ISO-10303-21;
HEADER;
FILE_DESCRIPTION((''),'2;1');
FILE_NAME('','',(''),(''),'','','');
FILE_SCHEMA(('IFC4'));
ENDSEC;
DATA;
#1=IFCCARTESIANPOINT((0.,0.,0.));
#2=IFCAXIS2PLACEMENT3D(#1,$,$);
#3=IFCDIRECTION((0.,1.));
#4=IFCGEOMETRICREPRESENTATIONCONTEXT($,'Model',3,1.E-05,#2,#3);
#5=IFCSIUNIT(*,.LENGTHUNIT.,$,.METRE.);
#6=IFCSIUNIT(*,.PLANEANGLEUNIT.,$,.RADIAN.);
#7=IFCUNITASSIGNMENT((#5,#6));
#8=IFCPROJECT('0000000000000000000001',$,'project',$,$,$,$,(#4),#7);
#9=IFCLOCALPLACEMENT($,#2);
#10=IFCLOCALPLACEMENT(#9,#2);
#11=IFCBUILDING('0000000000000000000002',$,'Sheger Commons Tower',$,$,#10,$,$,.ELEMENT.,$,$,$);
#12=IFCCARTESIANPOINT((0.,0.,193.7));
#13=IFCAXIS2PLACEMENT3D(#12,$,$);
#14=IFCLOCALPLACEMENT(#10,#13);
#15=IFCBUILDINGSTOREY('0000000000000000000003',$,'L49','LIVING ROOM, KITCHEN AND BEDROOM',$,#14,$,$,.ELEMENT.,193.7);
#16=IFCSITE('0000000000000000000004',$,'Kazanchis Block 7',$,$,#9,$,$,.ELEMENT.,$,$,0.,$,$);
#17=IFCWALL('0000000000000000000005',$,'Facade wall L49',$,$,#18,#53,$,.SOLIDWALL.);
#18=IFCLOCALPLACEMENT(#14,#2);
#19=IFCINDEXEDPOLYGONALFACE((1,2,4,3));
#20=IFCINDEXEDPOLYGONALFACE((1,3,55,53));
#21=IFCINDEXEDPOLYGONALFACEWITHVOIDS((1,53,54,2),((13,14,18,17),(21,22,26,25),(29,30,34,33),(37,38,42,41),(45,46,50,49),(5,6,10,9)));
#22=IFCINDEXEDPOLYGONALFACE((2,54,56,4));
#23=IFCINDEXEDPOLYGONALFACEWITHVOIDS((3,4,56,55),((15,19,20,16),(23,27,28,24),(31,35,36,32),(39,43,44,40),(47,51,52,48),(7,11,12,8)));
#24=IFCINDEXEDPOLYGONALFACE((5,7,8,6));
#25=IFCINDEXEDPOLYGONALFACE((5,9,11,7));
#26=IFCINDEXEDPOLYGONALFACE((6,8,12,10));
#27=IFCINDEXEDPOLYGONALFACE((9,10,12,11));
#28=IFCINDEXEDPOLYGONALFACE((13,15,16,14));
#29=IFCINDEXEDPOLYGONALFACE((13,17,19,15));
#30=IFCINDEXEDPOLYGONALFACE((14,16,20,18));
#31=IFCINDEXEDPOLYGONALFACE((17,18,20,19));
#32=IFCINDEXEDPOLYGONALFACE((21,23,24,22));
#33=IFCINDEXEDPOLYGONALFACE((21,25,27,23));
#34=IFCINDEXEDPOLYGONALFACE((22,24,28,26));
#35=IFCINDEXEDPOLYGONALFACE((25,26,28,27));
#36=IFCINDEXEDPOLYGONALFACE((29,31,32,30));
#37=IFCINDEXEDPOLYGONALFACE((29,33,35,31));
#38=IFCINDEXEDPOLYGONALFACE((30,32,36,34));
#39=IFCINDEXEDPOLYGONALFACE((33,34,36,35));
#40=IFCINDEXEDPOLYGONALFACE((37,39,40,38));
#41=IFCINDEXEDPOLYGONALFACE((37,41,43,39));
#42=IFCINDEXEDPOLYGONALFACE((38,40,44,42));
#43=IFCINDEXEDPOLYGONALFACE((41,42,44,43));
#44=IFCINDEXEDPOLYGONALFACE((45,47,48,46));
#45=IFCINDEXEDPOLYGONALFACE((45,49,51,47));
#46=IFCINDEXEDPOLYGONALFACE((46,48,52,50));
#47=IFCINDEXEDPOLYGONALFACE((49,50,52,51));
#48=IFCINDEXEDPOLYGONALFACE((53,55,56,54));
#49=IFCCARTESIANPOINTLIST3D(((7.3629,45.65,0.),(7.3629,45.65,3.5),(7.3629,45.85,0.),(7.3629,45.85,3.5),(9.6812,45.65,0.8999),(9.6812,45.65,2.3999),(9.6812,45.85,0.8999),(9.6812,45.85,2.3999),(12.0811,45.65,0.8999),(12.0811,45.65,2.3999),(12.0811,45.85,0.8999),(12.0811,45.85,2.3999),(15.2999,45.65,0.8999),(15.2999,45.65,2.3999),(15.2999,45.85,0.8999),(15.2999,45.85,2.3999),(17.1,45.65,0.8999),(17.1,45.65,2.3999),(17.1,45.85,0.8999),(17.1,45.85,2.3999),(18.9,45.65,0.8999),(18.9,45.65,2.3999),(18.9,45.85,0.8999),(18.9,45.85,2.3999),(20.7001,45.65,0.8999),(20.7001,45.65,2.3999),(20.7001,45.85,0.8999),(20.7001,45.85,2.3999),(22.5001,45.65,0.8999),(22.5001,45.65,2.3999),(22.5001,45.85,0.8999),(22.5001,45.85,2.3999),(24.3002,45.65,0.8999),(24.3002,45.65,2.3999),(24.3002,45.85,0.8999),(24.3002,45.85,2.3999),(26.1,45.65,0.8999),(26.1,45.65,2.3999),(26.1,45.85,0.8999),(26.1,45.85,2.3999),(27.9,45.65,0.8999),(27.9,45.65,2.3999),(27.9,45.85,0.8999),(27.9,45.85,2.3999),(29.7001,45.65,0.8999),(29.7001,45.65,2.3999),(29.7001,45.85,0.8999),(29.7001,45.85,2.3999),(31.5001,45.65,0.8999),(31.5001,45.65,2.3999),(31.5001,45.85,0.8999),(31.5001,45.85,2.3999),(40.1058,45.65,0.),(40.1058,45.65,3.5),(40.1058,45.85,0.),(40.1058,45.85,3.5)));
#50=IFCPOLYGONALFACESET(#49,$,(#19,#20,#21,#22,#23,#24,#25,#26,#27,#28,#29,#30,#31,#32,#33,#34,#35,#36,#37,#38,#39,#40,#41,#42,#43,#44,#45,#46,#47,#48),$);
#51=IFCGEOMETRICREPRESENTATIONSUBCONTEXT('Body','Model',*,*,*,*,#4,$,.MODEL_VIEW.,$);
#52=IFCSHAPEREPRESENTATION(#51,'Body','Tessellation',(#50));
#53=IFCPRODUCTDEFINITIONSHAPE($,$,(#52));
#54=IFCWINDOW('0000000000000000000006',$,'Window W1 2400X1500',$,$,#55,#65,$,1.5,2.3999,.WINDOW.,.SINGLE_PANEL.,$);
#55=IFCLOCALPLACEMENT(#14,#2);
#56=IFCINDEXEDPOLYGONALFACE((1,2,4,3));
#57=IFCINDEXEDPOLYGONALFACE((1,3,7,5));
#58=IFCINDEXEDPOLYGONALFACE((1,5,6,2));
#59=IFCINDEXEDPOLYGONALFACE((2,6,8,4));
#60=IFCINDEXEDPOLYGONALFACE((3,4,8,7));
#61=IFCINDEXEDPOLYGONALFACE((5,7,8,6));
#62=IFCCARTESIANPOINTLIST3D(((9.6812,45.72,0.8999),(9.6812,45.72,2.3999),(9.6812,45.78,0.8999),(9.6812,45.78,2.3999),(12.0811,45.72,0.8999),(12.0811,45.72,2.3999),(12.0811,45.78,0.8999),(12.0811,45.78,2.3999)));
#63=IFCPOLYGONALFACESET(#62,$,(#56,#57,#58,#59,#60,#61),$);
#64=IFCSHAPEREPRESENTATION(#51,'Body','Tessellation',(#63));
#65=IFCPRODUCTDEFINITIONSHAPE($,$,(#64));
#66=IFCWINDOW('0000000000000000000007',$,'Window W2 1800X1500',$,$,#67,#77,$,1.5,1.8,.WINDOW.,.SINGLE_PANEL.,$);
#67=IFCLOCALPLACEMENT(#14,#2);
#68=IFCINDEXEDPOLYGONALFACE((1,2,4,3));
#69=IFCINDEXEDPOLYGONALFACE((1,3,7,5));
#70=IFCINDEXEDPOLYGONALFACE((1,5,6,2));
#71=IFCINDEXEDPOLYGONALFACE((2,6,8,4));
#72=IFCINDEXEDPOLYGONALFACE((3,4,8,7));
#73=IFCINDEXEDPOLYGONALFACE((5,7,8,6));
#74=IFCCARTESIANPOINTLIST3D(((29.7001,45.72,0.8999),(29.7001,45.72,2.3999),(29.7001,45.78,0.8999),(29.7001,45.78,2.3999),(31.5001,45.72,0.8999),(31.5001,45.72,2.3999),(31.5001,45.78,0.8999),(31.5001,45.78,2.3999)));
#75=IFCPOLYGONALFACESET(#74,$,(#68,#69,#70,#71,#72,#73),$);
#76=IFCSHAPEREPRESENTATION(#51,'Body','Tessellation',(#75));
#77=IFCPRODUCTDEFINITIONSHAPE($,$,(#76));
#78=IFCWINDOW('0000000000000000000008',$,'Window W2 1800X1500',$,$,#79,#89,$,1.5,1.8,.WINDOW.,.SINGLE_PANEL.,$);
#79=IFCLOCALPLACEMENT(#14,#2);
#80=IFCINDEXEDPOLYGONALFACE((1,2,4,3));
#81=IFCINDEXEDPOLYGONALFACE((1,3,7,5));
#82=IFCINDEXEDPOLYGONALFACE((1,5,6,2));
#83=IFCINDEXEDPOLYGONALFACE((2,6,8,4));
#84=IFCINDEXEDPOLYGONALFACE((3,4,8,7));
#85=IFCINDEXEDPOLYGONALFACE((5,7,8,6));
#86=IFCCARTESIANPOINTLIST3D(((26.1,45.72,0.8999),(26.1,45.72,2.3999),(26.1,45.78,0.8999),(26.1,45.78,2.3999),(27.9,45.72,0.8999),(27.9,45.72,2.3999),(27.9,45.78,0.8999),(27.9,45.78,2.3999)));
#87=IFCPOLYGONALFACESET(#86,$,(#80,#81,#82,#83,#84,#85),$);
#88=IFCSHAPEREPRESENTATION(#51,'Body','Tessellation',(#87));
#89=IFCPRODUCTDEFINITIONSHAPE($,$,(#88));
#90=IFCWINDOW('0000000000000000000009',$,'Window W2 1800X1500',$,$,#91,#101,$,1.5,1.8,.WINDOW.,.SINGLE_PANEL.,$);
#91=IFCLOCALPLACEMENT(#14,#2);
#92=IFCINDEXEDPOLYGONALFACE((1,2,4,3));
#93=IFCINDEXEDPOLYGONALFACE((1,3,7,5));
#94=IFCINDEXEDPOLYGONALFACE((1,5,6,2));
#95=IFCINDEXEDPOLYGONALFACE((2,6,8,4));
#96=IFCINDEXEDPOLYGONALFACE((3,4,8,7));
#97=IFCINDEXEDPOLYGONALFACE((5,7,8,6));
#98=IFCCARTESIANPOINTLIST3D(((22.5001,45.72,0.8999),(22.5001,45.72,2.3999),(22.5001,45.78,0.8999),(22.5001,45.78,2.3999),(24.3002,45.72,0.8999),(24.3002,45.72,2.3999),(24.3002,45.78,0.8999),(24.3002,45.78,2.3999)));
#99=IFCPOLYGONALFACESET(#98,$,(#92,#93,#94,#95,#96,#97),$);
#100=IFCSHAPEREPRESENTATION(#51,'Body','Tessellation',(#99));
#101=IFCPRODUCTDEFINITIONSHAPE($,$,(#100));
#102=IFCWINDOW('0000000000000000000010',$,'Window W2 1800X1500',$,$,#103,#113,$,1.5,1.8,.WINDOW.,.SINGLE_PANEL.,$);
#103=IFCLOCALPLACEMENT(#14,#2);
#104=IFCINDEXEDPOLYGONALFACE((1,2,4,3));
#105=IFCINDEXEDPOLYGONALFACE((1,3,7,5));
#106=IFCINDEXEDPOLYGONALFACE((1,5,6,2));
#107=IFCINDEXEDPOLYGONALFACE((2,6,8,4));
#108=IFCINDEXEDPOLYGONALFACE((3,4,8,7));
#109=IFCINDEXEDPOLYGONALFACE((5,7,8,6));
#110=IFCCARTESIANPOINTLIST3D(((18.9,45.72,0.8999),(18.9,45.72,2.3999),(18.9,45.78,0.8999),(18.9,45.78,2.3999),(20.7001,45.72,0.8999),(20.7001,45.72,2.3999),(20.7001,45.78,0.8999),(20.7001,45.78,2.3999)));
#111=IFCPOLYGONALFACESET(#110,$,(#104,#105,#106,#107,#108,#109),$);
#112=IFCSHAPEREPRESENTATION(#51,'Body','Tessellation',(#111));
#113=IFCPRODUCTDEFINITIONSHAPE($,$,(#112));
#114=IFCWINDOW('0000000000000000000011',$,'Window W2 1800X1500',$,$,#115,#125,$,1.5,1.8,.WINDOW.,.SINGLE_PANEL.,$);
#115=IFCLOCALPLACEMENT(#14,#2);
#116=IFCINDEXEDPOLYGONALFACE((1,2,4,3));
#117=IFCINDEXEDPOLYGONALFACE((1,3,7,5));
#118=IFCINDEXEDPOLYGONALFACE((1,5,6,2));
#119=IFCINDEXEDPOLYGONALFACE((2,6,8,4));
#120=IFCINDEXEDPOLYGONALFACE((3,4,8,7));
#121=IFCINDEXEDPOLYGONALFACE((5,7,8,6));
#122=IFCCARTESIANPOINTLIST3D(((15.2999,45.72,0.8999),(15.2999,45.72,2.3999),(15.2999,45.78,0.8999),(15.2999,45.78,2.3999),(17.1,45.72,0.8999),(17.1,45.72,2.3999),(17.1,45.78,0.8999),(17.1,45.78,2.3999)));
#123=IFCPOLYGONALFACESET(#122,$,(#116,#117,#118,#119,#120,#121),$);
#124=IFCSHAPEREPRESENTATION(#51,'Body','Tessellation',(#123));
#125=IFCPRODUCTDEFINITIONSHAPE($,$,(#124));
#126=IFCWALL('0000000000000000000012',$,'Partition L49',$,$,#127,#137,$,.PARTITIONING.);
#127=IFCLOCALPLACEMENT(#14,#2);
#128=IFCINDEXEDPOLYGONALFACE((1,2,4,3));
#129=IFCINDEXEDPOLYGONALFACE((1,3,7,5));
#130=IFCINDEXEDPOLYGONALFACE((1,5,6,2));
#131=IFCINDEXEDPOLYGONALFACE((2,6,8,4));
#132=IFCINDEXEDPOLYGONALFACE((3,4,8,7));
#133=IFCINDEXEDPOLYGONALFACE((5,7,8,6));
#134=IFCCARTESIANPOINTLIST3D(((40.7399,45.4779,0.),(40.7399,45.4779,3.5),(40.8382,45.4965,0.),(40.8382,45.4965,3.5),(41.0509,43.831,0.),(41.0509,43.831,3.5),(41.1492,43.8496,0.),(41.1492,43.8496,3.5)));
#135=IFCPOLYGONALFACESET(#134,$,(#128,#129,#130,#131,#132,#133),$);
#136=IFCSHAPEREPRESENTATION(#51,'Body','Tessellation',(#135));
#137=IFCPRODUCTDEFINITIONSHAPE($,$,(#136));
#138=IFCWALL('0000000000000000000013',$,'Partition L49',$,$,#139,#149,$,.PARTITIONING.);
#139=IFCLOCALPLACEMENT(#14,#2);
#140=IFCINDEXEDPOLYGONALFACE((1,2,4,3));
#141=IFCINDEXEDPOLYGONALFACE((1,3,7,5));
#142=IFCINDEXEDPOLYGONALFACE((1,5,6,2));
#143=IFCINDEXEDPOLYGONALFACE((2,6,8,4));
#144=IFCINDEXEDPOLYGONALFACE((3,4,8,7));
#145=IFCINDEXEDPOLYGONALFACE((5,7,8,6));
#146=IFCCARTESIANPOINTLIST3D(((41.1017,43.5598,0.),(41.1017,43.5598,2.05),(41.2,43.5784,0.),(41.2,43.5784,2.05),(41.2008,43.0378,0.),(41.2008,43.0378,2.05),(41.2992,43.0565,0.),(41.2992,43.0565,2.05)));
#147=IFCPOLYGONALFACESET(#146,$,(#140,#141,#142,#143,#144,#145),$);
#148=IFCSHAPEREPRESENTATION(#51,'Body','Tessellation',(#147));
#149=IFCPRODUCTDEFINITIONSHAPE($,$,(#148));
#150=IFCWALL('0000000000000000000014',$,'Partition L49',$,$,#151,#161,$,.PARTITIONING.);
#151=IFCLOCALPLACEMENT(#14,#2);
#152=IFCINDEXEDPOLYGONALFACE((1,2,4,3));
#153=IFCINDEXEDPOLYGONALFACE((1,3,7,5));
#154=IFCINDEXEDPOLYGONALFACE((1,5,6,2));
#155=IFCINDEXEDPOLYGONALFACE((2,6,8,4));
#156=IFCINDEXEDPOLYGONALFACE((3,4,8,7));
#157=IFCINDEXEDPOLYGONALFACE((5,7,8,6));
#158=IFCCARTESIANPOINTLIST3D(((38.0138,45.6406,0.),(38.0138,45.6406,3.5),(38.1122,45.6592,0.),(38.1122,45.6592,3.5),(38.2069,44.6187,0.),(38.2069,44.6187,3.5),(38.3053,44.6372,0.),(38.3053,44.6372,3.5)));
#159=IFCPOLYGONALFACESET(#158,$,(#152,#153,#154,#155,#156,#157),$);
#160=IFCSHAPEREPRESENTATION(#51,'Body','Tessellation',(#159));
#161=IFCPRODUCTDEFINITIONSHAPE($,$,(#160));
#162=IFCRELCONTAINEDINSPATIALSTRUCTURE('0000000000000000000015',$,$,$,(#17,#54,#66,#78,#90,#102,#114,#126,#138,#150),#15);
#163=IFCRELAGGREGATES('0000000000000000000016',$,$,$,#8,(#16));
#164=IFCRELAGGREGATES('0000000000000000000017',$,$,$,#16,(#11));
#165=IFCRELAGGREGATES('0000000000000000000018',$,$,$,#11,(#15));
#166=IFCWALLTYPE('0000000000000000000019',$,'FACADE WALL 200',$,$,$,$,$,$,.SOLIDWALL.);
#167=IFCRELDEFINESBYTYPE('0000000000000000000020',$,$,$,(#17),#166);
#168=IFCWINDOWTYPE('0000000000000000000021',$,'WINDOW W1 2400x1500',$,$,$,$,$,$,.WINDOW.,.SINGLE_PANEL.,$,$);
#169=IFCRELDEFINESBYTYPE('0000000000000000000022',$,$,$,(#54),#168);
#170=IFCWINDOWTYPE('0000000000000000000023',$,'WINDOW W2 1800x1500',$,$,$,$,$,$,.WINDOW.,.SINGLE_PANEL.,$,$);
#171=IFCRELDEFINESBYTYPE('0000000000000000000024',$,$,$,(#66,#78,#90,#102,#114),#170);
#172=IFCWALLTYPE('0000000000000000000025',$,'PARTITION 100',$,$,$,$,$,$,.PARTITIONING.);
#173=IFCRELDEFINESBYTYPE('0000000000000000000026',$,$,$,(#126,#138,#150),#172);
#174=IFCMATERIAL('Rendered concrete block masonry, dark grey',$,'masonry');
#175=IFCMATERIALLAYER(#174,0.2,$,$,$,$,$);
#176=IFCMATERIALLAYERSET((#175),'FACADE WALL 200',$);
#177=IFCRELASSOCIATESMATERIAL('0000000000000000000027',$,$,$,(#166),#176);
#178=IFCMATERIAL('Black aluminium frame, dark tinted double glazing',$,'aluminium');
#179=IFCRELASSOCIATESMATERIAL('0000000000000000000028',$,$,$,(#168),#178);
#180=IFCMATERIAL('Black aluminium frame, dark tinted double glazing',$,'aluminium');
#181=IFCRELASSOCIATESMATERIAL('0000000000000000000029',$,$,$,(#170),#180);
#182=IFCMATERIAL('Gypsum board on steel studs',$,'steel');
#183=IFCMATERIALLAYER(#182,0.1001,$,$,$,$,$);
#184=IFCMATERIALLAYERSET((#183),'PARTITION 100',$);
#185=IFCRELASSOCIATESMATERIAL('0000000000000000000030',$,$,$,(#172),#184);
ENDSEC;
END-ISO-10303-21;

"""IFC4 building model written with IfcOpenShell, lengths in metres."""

from ifc_helpers import new_model, si_unit, direction, frame, frame_2d, origin, place, context, subcontext, project, spatial, rectangle, extrude, material, layer, layer_set, type_object, element, fill, save


model = new_model("IFC4")

# Units and contexts
model_context = context("Model", 3, precision=1e-05, world=origin(), true_north=direction((0.0, 1.0)))
body_context = subcontext(model_context, "Body", "Model", "MODEL_VIEW")
ifc_project = project(units=[si_unit("LENGTHUNIT", "METRE"), si_unit("PLANEANGLEUNIT", "RADIAN")], contexts=[model_context])

# Site, building, storey
site_placement = place(None, origin())
site = spatial("IfcSite", under=ifc_project, at=site_placement, Name="Kazanchis Block 7", CompositionType="ELEMENT", RefElevation=0.0)
building_placement = place(site_placement, origin())
building = spatial("IfcBuilding", under=site, at=building_placement, Name="Sheger Commons Tower", CompositionType="ELEMENT")
storey_placement = place(building_placement, frame((0.0, 0.0, 193.7)))
storey = spatial("IfcBuildingStorey", under=building, at=storey_placement, Name="L49", Description="LIVING ROOM, KITCHEN AND BEDROOM", CompositionType="ELEMENT", Elevation=193.7)

# Shared definitions
ifc_material_1 = material(Name="Rendered concrete block masonry, dark grey", Category="masonry")
ifc_layer_1 = layer(ifc_material_1, 0.2)
ifc_layer_set_1 = layer_set([ifc_layer_1], Name="FACADE WALL 200")
wall_type_1 = type_object("IfcWallType", Name="FACADE WALL 200", PredefinedType="SOLIDWALL", material=ifc_layer_set_1)

# Wall, openings, windows
wall_1_placement = place(storey_placement, frame((40.106, 45.75, 0.0), z_axis=(0.0, 0.0, 1.0), x_axis=(-1.0, 0.0, 0.0)))
wall_1 = element("IfcWall", 1, at=wall_1_placement, inside=storey, type_object=wall_type_1, Name="Facade wall L49", PredefinedType="SOLIDWALL", context=body_context, shape_type="SweptSolid", body=[
    extrude(rectangle(XDim=32.7429, YDim=0.2, at=frame_2d((16.3716, 0.0))), origin(), (0.0, 0.0, 1.0), 3.5),
])
opening_1_placement = place(wall_1_placement, frame((8.606, 0.0, 0.8999)))
opening_1 = element("IfcOpeningElement", 2, at=opening_1_placement, cuts=wall_1, PredefinedType="OPENING", context=body_context, shape_type="SweptSolid", body=[
    extrude(rectangle(XDim=1.8, YDim=1.5, at=frame_2d((0.8999, 0.75))), frame((0.0, 0.1099, 0.0), z_axis=(0.0, -1.0, 0.0), x_axis=(1.0, 0.0, 0.0)), (0.0, 0.0, 1.0), 0.22),
])
opening_2_placement = place(wall_1_placement, frame((12.2061, 0.0, 0.8999)))
opening_2 = element("IfcOpeningElement", 3, at=opening_2_placement, cuts=wall_1, PredefinedType="OPENING", context=body_context, shape_type="SweptSolid", body=[
    extrude(rectangle(XDim=1.8, YDim=1.5, at=frame_2d((0.8999, 0.75))), frame((0.0, 0.1099, 0.0), z_axis=(0.0, -1.0, 0.0), x_axis=(1.0, 0.0, 0.0)), (0.0, 0.0, 1.0), 0.22),
])
opening_3_placement = place(wall_1_placement, frame((15.8059, 0.0, 0.8999)))
opening_3 = element("IfcOpeningElement", 4, at=opening_3_placement, cuts=wall_1, PredefinedType="OPENING", context=body_context, shape_type="SweptSolid", body=[
    extrude(rectangle(XDim=1.8, YDim=1.5, at=frame_2d((0.8999, 0.75))), frame((0.0, 0.1099, 0.0), z_axis=(0.0, -1.0, 0.0), x_axis=(1.0, 0.0, 0.0)), (0.0, 0.0, 1.0), 0.22),
])
opening_4_placement = place(wall_1_placement, frame((19.406, 0.0, 0.8999)))
opening_4 = element("IfcOpeningElement", 5, at=opening_4_placement, cuts=wall_1, PredefinedType="OPENING", context=body_context, shape_type="SweptSolid", body=[
    extrude(rectangle(XDim=1.8, YDim=1.5, at=frame_2d((0.8999, 0.75))), frame((0.0, 0.1099, 0.0), z_axis=(0.0, -1.0, 0.0), x_axis=(1.0, 0.0, 0.0)), (0.0, 0.0, 1.0), 0.22),
])
opening_5_placement = place(wall_1_placement, frame((23.0061, 0.0, 0.8999)))
opening_5 = element("IfcOpeningElement", 6, at=opening_5_placement, cuts=wall_1, PredefinedType="OPENING", context=body_context, shape_type="SweptSolid", body=[
    extrude(rectangle(XDim=1.8, YDim=1.5, at=frame_2d((0.8999, 0.75))), frame((0.0, 0.1099, 0.0), z_axis=(0.0, -1.0, 0.0), x_axis=(1.0, 0.0, 0.0)), (0.0, 0.0, 1.0), 0.22),
])
opening_6_placement = place(wall_1_placement, frame((28.0249, 0.0, 0.8999)))
opening_6 = element("IfcOpeningElement", 7, at=opening_6_placement, cuts=wall_1, PredefinedType="OPENING", context=body_context, shape_type="SweptSolid", body=[
    extrude(rectangle(XDim=2.3999, YDim=1.5, at=frame_2d((1.2, 0.75))), frame((0.0, 0.1099, 0.0), z_axis=(0.0, -1.0, 0.0), x_axis=(1.0, 0.0, 0.0)), (0.0, 0.0, 1.0), 0.22),
])
ifc_material_2 = material(Name="Black aluminium frame, dark tinted double glazing", Category="aluminium")
window_type_1 = type_object("IfcWindowType", Name="WINDOW W1 2400x1500", PartitioningType="SINGLE_PANEL", PredefinedType="WINDOW", material=ifc_material_2)
window_1_placement = place(opening_6_placement, origin())
window_1 = element("IfcWindow", 8, at=window_1_placement, inside=storey, type_object=window_type_1, Name="Window W1 2400X1500", OverallHeight=1.5, OverallWidth=2.3999, PartitioningType="SINGLE_PANEL", PredefinedType="WINDOW", context=body_context, shape_type="SweptSolid", body=[
    extrude(rectangle(XDim=2.3999, YDim=1.5, at=frame_2d((1.2, 0.75))), frame((0.0, 0.03, 0.0), z_axis=(0.0, -1.0, 0.0), x_axis=(1.0, 0.0, 0.0)), (0.0, 0.0, 1.0), 0.0601),
])
fill(opening_6, window_1)
ifc_material_3 = material(Name="Black aluminium frame, dark tinted double glazing", Category="aluminium")
window_type_2 = type_object("IfcWindowType", Name="WINDOW W2 1800x1500", PartitioningType="SINGLE_PANEL", PredefinedType="WINDOW", material=ifc_material_3)
window_2_placement = place(opening_1_placement, origin())
window_2 = element("IfcWindow", 9, at=window_2_placement, inside=storey, type_object=window_type_2, Name="Window W2 1800X1500", OverallHeight=1.5, OverallWidth=1.8, PartitioningType="SINGLE_PANEL", PredefinedType="WINDOW", context=body_context, shape_type="SweptSolid", body=[
    extrude(rectangle(XDim=1.8, YDim=1.5, at=frame_2d((0.8999, 0.75))), frame((0.0, 0.03, 0.0), z_axis=(0.0, -1.0, 0.0), x_axis=(1.0, 0.0, 0.0)), (0.0, 0.0, 1.0), 0.0601),
])
fill(opening_1, window_2)
window_3_placement = place(opening_2_placement, origin())
window_3 = element("IfcWindow", 10, at=window_3_placement, inside=storey, type_object=window_type_2, Name="Window W2 1800X1500", OverallHeight=1.5, OverallWidth=1.8, PartitioningType="SINGLE_PANEL", PredefinedType="WINDOW", context=body_context, shape_type="SweptSolid", body=[
    extrude(rectangle(XDim=1.8, YDim=1.5, at=frame_2d((0.8999, 0.75))), frame((0.0, 0.03, 0.0), z_axis=(0.0, -1.0, 0.0), x_axis=(1.0, 0.0, 0.0)), (0.0, 0.0, 1.0), 0.0601),
])
fill(opening_2, window_3)
window_4_placement = place(opening_3_placement, origin())
window_4 = element("IfcWindow", 11, at=window_4_placement, inside=storey, type_object=window_type_2, Name="Window W2 1800X1500", OverallHeight=1.5, OverallWidth=1.8, PartitioningType="SINGLE_PANEL", PredefinedType="WINDOW", context=body_context, shape_type="SweptSolid", body=[
    extrude(rectangle(XDim=1.8, YDim=1.5, at=frame_2d((0.8999, 0.75))), frame((0.0, 0.03, 0.0), z_axis=(0.0, -1.0, 0.0), x_axis=(1.0, 0.0, 0.0)), (0.0, 0.0, 1.0), 0.0601),
])
fill(opening_3, window_4)
window_5_placement = place(opening_4_placement, origin())
window_5 = element("IfcWindow", 12, at=window_5_placement, inside=storey, type_object=window_type_2, Name="Window W2 1800X1500", OverallHeight=1.5, OverallWidth=1.8, PartitioningType="SINGLE_PANEL", PredefinedType="WINDOW", context=body_context, shape_type="SweptSolid", body=[
    extrude(rectangle(XDim=1.8, YDim=1.5, at=frame_2d((0.8999, 0.75))), frame((0.0, 0.03, 0.0), z_axis=(0.0, -1.0, 0.0), x_axis=(1.0, 0.0, 0.0)), (0.0, 0.0, 1.0), 0.0601),
])
fill(opening_4, window_5)
window_6_placement = place(opening_5_placement, origin())
window_6 = element("IfcWindow", 13, at=window_6_placement, inside=storey, type_object=window_type_2, Name="Window W2 1800X1500", OverallHeight=1.5, OverallWidth=1.8, PartitioningType="SINGLE_PANEL", PredefinedType="WINDOW", context=body_context, shape_type="SweptSolid", body=[
    extrude(rectangle(XDim=1.8, YDim=1.5, at=frame_2d((0.8999, 0.75))), frame((0.0, 0.03, 0.0), z_axis=(0.0, -1.0, 0.0), x_axis=(1.0, 0.0, 0.0)), (0.0, 0.0, 1.0), 0.0601),
])
fill(opening_5, window_6)

# Walls
ifc_material_4 = material(Name="Gypsum board on steel studs", Category="steel")
ifc_layer_2 = layer(ifc_material_4, 0.1001)
ifc_layer_set_2 = layer_set([ifc_layer_2], Name="PARTITION 100")
wall_type_2 = type_object("IfcWallType", Name="PARTITION 100", PredefinedType="PARTITIONING", material=ifc_layer_set_2)
wall_2_placement = place(storey_placement, frame((40.7891, 45.4871, 0.0), z_axis=(0.0, 0.0, 1.0), x_axis=(0.185572, -0.982631, 0.0)))
element("IfcWall", 14, at=wall_2_placement, inside=storey, type_object=wall_type_2, Name="Partition L49", PredefinedType="PARTITIONING", context=body_context, shape_type="SweptSolid", body=[
    extrude(rectangle(XDim=1.676, YDim=0.1001, at=frame_2d((0.8379, 0.0))), origin(), (0.0, 0.0, 1.0), 3.5),
])
wall_3_placement = place(storey_placement, frame((41.1509, 43.5691, 0.0), z_axis=(0.0, 0.0, 1.0), x_axis=(0.186563, -0.982443, 0.0)))
element("IfcWall", 15, at=wall_3_placement, inside=storey, type_object=wall_type_2, Name="Partition L49", PredefinedType="PARTITIONING", context=body_context, shape_type="SweptSolid", body=[
    extrude(rectangle(XDim=0.5312, YDim=0.1001, at=frame_2d((0.2656, 0.0))), origin(), (0.0, 0.0, 1.0), 2.05),
])
wall_4_placement = place(storey_placement, frame((38.063, 45.6499, 0.0), z_axis=(0.0, 0.0, 1.0), x_axis=(0.185677, -0.982611, 0.0)))
element("IfcWall", 16, at=wall_4_placement, inside=storey, type_object=wall_type_2, Name="Partition L49", PredefinedType="PARTITIONING", context=body_context, shape_type="SweptSolid", body=[
    extrude(rectangle(XDim=1.04, YDim=0.1001, at=frame_2d((0.52, 0.0))), origin(), (0.0, 0.0, 1.0), 3.5),
])

save(model, "model.ifc")
